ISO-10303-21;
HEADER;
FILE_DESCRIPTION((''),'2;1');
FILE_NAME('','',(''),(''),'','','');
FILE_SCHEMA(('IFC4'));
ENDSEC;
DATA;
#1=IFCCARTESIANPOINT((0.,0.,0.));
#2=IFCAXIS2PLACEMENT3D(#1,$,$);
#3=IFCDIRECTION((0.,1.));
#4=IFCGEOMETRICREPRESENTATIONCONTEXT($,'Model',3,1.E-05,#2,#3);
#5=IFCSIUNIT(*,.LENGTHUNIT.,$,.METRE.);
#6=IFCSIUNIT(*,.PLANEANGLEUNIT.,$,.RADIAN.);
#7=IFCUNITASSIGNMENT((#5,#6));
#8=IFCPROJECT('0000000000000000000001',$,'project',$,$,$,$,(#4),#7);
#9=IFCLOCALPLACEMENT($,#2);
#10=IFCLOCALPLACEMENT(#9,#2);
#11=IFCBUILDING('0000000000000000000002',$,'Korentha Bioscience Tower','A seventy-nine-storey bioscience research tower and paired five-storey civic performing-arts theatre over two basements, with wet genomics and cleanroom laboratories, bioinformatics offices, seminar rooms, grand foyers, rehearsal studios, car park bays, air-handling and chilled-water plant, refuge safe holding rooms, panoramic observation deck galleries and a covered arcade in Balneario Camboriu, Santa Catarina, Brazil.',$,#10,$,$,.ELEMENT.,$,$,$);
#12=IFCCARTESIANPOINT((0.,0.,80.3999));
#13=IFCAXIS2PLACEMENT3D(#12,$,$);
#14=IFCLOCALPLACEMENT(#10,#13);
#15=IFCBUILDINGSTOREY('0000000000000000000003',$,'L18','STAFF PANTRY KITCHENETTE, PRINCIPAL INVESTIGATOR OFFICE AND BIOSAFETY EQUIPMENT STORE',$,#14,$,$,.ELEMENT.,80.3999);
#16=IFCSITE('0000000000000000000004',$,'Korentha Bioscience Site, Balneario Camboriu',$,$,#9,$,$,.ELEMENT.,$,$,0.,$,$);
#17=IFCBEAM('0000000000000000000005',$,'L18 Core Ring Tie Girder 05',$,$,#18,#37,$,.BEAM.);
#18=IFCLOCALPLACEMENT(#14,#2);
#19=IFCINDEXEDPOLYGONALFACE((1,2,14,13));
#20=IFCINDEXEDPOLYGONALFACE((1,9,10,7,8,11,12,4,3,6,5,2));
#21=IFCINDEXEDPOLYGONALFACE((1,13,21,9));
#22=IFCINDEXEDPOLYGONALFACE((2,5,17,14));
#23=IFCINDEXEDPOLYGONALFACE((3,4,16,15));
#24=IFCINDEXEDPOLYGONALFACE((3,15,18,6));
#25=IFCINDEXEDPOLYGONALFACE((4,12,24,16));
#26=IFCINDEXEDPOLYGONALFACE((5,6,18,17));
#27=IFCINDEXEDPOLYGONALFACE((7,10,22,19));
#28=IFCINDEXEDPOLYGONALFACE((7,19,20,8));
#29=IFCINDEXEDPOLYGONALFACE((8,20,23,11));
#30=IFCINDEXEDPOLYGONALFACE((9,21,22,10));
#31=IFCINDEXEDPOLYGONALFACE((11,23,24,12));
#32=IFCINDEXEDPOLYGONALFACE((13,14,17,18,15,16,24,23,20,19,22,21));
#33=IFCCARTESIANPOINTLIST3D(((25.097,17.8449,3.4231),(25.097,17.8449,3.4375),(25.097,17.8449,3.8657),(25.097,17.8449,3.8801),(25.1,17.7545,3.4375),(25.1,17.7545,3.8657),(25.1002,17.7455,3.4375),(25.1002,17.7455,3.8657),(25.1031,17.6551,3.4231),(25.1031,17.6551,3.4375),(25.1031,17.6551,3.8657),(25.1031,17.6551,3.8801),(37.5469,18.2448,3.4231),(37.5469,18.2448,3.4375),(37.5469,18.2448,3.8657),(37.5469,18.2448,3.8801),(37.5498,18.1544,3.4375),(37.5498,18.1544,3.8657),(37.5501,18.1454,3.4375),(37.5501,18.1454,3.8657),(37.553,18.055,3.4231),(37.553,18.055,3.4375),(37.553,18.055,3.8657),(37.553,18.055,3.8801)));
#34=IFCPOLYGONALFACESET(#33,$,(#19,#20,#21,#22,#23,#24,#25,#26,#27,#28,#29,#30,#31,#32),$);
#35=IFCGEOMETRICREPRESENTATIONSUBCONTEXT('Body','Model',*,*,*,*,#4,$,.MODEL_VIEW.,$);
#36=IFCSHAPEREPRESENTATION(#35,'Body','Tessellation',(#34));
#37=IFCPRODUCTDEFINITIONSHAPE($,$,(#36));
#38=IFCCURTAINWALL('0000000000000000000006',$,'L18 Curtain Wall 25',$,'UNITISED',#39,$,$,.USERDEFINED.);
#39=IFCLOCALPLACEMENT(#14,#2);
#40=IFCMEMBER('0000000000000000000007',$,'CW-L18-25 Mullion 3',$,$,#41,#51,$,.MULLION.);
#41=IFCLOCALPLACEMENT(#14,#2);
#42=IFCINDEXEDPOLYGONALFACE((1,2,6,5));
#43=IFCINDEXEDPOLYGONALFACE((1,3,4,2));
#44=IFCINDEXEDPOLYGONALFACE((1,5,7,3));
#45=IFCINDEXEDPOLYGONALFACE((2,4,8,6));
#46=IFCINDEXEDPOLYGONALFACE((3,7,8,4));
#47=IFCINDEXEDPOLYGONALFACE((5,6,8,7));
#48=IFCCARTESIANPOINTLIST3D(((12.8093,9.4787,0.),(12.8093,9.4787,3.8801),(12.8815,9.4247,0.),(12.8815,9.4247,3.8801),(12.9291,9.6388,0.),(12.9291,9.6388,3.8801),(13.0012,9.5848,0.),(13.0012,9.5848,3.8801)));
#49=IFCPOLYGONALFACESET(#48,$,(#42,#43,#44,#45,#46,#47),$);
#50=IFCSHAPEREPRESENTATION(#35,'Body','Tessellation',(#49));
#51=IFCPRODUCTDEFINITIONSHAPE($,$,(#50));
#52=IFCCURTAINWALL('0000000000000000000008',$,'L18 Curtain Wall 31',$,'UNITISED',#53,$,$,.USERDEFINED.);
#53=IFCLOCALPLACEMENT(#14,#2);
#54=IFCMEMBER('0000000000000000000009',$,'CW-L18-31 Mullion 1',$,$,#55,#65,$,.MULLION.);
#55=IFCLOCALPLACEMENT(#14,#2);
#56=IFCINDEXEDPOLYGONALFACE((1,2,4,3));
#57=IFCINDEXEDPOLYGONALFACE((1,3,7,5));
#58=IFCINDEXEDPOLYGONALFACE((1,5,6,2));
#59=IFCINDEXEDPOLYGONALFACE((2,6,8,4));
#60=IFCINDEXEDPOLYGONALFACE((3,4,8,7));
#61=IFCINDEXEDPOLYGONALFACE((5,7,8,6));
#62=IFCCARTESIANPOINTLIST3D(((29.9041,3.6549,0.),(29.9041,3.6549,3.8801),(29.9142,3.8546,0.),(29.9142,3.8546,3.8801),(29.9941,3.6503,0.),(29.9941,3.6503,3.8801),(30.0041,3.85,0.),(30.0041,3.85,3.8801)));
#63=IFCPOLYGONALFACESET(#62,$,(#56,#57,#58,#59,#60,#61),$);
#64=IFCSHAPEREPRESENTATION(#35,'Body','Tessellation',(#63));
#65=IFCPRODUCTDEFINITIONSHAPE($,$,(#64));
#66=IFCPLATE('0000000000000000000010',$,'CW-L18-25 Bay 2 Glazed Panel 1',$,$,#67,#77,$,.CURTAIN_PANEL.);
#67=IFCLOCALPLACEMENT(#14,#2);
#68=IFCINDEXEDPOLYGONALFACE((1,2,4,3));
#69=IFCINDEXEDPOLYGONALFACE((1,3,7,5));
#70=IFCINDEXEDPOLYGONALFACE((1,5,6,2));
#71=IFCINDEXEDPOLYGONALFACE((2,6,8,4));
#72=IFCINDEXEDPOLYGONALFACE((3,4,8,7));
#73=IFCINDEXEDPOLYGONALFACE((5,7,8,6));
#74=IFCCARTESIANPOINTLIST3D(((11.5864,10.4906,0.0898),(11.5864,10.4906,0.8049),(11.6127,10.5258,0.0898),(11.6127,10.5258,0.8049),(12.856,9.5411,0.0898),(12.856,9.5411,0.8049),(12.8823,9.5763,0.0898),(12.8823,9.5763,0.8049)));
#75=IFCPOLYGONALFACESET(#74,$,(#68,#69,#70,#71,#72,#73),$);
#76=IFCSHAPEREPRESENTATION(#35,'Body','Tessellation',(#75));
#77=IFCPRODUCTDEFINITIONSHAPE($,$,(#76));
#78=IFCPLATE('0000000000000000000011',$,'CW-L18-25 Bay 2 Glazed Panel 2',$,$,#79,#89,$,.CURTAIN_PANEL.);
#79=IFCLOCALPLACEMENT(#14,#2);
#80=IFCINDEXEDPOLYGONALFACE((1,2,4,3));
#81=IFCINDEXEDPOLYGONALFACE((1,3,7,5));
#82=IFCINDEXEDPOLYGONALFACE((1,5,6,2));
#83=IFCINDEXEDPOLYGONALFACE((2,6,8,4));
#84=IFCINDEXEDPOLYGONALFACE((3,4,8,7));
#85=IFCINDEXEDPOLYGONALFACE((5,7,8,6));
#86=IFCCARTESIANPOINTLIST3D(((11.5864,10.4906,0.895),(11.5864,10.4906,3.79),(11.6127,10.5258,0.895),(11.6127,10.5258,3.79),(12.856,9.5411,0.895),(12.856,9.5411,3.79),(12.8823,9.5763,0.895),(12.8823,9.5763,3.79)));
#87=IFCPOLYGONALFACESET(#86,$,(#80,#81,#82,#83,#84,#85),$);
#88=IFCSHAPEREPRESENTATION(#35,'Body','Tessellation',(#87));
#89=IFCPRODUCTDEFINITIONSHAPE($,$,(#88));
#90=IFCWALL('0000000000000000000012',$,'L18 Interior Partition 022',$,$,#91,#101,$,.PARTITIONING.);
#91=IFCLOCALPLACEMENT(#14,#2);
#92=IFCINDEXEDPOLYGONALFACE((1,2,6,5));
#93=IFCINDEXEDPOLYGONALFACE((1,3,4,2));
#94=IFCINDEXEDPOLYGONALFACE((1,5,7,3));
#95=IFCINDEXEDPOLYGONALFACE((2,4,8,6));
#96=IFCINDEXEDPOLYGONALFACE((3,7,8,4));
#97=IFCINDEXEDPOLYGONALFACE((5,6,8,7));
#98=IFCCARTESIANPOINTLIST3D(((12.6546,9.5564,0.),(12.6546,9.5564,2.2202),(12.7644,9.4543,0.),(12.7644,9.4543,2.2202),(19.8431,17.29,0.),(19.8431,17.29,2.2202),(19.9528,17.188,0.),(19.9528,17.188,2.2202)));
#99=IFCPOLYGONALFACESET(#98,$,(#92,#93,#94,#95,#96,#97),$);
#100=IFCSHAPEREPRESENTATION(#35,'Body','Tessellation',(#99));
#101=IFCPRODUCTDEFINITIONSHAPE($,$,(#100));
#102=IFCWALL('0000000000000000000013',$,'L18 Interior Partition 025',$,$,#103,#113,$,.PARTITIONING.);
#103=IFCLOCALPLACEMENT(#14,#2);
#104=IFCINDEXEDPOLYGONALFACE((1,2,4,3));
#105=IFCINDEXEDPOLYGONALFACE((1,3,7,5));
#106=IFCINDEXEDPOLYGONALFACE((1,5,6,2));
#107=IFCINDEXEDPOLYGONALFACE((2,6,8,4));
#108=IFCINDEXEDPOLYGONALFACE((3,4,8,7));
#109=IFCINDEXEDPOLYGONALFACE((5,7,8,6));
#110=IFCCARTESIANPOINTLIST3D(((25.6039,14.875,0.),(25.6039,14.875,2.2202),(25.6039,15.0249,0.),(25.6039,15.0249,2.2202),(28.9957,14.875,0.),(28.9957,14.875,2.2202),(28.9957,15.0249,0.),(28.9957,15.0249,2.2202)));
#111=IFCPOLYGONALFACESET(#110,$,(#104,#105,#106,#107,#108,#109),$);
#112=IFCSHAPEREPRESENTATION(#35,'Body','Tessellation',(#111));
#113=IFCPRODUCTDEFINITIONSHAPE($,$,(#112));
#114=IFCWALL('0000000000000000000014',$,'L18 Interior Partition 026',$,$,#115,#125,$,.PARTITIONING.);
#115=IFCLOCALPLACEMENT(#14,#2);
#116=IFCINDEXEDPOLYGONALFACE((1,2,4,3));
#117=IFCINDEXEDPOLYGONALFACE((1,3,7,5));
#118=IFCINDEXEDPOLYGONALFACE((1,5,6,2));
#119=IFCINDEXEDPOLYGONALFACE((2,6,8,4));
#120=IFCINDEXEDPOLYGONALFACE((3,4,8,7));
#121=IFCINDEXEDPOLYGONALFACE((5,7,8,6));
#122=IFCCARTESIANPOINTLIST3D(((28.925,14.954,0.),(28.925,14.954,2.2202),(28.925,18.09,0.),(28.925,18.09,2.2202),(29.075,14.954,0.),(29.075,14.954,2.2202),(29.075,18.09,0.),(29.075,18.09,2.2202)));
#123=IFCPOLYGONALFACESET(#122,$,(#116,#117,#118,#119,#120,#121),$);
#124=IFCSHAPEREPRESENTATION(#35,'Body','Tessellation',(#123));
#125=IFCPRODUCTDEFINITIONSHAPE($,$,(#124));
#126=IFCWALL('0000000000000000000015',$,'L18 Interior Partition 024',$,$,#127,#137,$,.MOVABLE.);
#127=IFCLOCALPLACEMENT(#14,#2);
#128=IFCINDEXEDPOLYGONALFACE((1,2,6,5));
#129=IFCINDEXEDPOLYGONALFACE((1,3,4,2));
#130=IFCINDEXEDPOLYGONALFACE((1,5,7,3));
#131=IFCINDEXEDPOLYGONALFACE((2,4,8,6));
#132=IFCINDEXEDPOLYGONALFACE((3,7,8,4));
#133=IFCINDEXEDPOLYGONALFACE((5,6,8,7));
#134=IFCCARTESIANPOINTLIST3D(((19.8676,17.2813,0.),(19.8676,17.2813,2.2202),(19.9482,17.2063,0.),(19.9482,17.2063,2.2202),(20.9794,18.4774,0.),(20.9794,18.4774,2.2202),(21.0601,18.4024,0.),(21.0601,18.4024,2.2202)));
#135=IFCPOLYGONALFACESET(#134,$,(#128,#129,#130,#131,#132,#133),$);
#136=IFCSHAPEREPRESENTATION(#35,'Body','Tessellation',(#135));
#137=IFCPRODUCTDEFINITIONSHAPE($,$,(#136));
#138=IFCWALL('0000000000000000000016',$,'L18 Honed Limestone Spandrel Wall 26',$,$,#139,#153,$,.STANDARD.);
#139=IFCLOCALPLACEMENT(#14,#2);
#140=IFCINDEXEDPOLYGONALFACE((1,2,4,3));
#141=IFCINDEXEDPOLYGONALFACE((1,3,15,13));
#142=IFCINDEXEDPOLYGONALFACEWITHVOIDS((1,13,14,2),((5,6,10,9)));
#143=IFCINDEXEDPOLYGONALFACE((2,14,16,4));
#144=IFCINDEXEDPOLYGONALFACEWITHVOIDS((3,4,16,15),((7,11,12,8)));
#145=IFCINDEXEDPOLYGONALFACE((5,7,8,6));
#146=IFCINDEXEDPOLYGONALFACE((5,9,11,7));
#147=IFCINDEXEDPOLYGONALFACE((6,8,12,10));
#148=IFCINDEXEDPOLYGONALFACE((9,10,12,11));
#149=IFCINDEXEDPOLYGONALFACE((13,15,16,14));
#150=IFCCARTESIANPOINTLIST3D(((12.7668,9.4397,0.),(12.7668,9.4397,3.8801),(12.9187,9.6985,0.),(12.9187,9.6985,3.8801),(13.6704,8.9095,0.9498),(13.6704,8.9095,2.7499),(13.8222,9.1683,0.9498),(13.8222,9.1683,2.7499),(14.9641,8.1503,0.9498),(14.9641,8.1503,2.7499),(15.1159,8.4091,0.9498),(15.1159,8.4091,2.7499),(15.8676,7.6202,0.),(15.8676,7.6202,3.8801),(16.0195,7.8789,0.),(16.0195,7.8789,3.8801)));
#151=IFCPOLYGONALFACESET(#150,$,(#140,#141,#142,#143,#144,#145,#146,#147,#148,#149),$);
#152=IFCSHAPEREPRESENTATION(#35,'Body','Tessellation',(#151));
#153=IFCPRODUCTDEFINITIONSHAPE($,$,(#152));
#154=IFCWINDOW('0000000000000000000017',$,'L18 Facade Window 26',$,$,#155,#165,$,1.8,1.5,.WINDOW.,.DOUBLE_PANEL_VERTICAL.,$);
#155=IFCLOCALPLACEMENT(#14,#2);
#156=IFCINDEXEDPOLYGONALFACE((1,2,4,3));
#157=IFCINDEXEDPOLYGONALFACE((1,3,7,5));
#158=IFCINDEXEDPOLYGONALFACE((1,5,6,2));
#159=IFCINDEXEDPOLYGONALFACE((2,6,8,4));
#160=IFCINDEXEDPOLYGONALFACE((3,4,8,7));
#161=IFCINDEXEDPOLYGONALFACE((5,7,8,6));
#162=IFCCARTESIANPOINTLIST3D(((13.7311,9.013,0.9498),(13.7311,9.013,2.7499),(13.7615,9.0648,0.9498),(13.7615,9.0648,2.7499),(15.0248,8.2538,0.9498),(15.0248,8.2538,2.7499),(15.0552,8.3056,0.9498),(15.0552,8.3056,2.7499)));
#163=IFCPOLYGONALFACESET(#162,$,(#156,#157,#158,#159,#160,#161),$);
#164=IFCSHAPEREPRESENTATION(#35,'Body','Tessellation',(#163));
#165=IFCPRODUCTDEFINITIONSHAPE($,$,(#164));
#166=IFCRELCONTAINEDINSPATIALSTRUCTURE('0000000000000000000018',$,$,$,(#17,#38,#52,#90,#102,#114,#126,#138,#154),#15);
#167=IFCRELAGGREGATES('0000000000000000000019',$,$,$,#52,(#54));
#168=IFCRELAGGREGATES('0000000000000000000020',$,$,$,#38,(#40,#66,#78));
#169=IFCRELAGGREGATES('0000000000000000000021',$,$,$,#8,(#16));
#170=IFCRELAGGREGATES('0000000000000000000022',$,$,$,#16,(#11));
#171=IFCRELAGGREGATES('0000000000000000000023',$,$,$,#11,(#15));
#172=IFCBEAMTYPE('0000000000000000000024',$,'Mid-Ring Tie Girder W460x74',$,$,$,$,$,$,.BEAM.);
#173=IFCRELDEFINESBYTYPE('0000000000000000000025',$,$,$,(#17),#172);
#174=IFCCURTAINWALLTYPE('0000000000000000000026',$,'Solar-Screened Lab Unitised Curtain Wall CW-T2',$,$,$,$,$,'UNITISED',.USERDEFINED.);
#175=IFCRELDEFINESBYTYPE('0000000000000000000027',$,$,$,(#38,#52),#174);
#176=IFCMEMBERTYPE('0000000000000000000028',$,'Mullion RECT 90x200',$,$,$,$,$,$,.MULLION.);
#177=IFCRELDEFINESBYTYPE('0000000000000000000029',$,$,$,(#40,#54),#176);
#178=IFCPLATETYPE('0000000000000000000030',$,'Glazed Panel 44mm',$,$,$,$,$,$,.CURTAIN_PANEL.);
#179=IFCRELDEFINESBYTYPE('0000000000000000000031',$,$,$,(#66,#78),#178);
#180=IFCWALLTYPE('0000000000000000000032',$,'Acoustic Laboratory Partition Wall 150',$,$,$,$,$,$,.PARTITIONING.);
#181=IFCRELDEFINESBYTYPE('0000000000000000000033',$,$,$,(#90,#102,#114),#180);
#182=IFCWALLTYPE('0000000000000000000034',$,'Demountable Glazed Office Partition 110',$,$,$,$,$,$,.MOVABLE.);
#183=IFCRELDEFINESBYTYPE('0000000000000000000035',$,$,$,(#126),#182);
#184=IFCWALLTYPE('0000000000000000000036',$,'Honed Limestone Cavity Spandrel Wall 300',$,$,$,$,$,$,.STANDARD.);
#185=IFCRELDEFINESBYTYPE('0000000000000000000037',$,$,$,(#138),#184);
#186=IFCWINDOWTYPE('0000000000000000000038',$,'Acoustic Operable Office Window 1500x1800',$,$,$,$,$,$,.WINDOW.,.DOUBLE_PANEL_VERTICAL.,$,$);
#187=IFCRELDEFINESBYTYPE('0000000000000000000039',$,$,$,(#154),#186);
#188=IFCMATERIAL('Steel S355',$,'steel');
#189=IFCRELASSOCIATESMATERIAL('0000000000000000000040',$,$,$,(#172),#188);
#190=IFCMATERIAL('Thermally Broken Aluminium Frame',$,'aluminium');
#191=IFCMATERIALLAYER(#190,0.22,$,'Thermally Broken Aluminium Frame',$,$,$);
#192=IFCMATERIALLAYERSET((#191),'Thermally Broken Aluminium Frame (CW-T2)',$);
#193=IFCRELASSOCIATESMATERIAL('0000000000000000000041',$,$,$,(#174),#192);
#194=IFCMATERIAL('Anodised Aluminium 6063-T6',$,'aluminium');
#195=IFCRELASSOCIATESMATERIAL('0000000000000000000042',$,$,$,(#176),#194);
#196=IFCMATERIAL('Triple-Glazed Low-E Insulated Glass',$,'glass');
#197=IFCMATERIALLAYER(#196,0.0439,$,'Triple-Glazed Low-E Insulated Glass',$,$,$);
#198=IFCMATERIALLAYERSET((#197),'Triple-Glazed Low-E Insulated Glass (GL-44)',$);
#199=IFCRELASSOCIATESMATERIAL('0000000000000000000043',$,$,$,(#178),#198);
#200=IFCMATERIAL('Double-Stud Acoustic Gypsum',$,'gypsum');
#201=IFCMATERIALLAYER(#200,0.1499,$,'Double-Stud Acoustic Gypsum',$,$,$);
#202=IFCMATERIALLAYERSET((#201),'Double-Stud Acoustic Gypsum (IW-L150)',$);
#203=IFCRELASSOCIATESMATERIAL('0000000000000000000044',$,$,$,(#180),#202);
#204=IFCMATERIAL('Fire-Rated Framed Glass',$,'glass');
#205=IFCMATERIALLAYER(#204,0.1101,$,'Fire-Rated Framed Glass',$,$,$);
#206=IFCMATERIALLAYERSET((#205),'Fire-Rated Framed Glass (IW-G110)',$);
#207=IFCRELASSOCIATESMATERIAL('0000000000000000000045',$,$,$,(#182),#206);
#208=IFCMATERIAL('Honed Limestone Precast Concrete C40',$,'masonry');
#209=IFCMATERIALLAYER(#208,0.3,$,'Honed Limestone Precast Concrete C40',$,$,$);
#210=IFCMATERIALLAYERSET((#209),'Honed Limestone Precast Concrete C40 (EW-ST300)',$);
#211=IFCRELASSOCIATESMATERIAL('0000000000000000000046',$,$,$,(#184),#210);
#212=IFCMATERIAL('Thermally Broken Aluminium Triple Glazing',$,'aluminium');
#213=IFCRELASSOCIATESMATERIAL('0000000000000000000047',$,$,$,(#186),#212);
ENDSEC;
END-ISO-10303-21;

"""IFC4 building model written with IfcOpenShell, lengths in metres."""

from ifc_helpers import new_model, si_unit, direction, frame, frame_2d, origin, origin_2d, place, context, subcontext, project, spatial, rectangle, i_section, extrude, material, layer, layer_set, material_profile, profile_set, type_object, element, fill, aggregate, save


model = new_model("IFC4")

# Units and contexts
model_context = context("Model", 3, precision=1e-05, world=origin(), true_north=direction((0.0, 1.0)))
body_context = subcontext(model_context, "Body", "Model", "MODEL_VIEW")
ifc_project = project(units=[si_unit("LENGTHUNIT", "METRE"), si_unit("PLANEANGLEUNIT", "RADIAN")], contexts=[model_context])

# Site, building, storey
site_placement = place(None, origin())
site = spatial("IfcSite", under=ifc_project, at=site_placement, Name="Korentha Bioscience Site, Balneario Camboriu", CompositionType="ELEMENT", RefElevation=0.0)
building_placement = place(site_placement, origin())
building = spatial("IfcBuilding", under=site, at=building_placement, Name="Korentha Bioscience Tower", Description="A seventy-nine-storey bioscience research tower and paired five-storey civic performing-arts theatre over two basements, with wet genomics and cleanroom laboratories, bioinformatics offices, seminar rooms, grand foyers, rehearsal studios, car park bays, air-handling and chilled-water plant, refuge safe holding rooms, panoramic observation deck galleries and a covered arcade in Balneario Camboriu, Santa Catarina, Brazil.", CompositionType="ELEMENT")
storey_placement = place(building_placement, frame((0.0, 0.0, 80.3999)))
storey = spatial("IfcBuildingStorey", under=building, at=storey_placement, Name="L18", Description="STAFF PANTRY KITCHENETTE, PRINCIPAL INVESTIGATOR OFFICE AND BIOSAFETY EQUIPMENT STORE", CompositionType="ELEMENT", Elevation=80.3999)

# Beam
ifc_material_1 = material(Name="Steel S355", Category="steel")
ifc_material_profile_1 = material_profile(ifc_material_1, i_section(OverallWidth=0.1899, OverallDepth=0.457, WebThickness=0.009, FlangeThickness=0.0144, at=origin_2d()), Name="Steel S355")
ifc_profile_set_1 = profile_set([ifc_material_profile_1], Name="Steel S355 (MB-460)")
beam_type_1 = type_object("IfcBeamType", Name="Mid-Ring Tie Girder W460x74", PredefinedType="BEAM", material=ifc_profile_set_1)
beam_1_placement = place(storey_placement, frame((25.1001, 17.75, 3.6516), z_axis=(0.999485, 0.032104, 0.0), x_axis=(-0.032104, 0.999485, 0.0)))
element("IfcBeam", 1, at=beam_1_placement, inside=storey, type_object=beam_type_1, Name="L18 Core Ring Tie Girder 05", PredefinedType="BEAM", context=body_context, shape_type="SweptSolid", body=[
    extrude(i_section(OverallWidth=0.1899, OverallDepth=0.457, WebThickness=0.009, FlangeThickness=0.0144, at=origin_2d()), origin(), (0.0, 0.0, 1.0), 12.4563),
])

# Curtain walls, members
ifc_material_2 = material(Name="Thermally Broken Aluminium Frame", Category="aluminium")
ifc_layer_1 = layer(ifc_material_2, 0.22, Name="Thermally Broken Aluminium Frame")
ifc_layer_set_1 = layer_set([ifc_layer_1], Name="Thermally Broken Aluminium Frame (CW-T2)")
curtain_wall_type = type_object("IfcCurtainWallType", Name="Solar-Screened Lab Unitised Curtain Wall CW-T2", ElementType="UNITISED", PredefinedType="USERDEFINED", material=ifc_layer_set_1)
curtain_wall_1_placement = place(storey_placement, origin())
curtain_wall_1 = element("IfcCurtainWall", 2, at=curtain_wall_1_placement, inside=storey, type_object=curtain_wall_type, Name="L18 Curtain Wall 25", ObjectType="UNITISED", PredefinedType="USERDEFINED")
ifc_material_3 = material(Name="Anodised Aluminium 6063-T6", Category="aluminium")
ifc_material_profile_2 = material_profile(ifc_material_3, rectangle(XDim=0.0901, YDim=0.2, at=origin_2d()), Name="Anodised Aluminium 6063-T6")
ifc_profile_set_2 = profile_set([ifc_material_profile_2], Name="Anodised Aluminium 6063-T6 (CW-MUL)")
member_type = type_object("IfcMemberType", Name="Mullion RECT 90x200", PredefinedType="MULLION", material=ifc_profile_set_2)
member_1_placement = place(storey_placement, frame((12.9053, 9.5317, 0.0), z_axis=(0.0, 0.0, 1.0), x_axis=(0.800798, -0.598935, 0.0)))
member_1 = element("IfcMember", 3, at=member_1_placement, type_object=member_type, Name="CW-L18-25 Mullion 3", PredefinedType="MULLION", context=body_context, shape_type="SweptSolid", body=[
    extrude(rectangle(XDim=0.0901, YDim=0.2, at=origin_2d()), origin(), (0.0, 0.0, 1.0), 3.8801),
])
curtain_wall_2_placement = place(storey_placement, origin())
curtain_wall_2 = element("IfcCurtainWall", 4, at=curtain_wall_2_placement, inside=storey, type_object=curtain_wall_type, Name="L18 Curtain Wall 31", ObjectType="UNITISED", PredefinedType="USERDEFINED")
member_2_placement = place(storey_placement, frame((29.9541, 3.7524, 0.0), z_axis=(0.0, 0.0, 1.0), x_axis=(0.998731, -0.050371, 0.0)))
member_2 = element("IfcMember", 5, at=member_2_placement, type_object=member_type, Name="CW-L18-31 Mullion 1", PredefinedType="MULLION", context=body_context, shape_type="SweptSolid", body=[
    extrude(rectangle(XDim=0.0901, YDim=0.2, at=origin_2d()), origin(), (0.0, 0.0, 1.0), 3.8801),
])
aggregate(curtain_wall_2, [member_2])

# Plates
ifc_material_4 = material(Name="Triple-Glazed Low-E Insulated Glass", Category="glass")
ifc_layer_2 = layer(ifc_material_4, 0.0439, Name="Triple-Glazed Low-E Insulated Glass")
ifc_layer_set_2 = layer_set([ifc_layer_2], Name="Triple-Glazed Low-E Insulated Glass (GL-44)")
plate_type = type_object("IfcPlateType", Name="Glazed Panel 44mm", PredefinedType="CURTAIN_PANEL", material=ifc_layer_set_2)
plate_1_placement = place(storey_placement, frame((12.2344, 10.0334, 0.0898), z_axis=(0.0, 0.0, 1.0), x_axis=(0.800798, -0.598935, 0.0)))
plate_1 = element("IfcPlate", 6, at=plate_1_placement, type_object=plate_type, Name="CW-L18-25 Bay 2 Glazed Panel 1", PredefinedType="CURTAIN_PANEL", context=body_context, shape_type="SweptSolid", body=[
    extrude(rectangle(XDim=1.5854, YDim=0.0439, at=origin_2d()), origin(), (0.0, 0.0, 1.0), 0.7151),
])
plate_2_placement = place(storey_placement, frame((12.2344, 10.0334, 0.895), z_axis=(0.0, 0.0, 1.0), x_axis=(0.800798, -0.598935, 0.0)))
plate_2 = element("IfcPlate", 7, at=plate_2_placement, type_object=plate_type, Name="CW-L18-25 Bay 2 Glazed Panel 2", PredefinedType="CURTAIN_PANEL", context=body_context, shape_type="SweptSolid", body=[
    extrude(rectangle(XDim=1.5854, YDim=0.0439, at=origin_2d()), origin(), (0.0, 0.0, 1.0), 2.895),
])
aggregate(curtain_wall_1, [member_1, plate_1, plate_2])

# Walls
ifc_material_5 = material(Name="Double-Stud Acoustic Gypsum", Category="gypsum")
ifc_layer_3 = layer(ifc_material_5, 0.1499, Name="Double-Stud Acoustic Gypsum")
ifc_layer_set_3 = layer_set([ifc_layer_3], Name="Double-Stud Acoustic Gypsum (IW-L150)")
wall_type_1 = type_object("IfcWallType", Name="Acoustic Laboratory Partition Wall 150", PredefinedType="PARTITIONING", material=ifc_layer_set_3)
wall_1_placement = place(storey_placement, frame((19.8979, 17.239, 0.0), z_axis=(0.0, 0.0, 1.0), x_axis=(-0.680819, -0.732452, 0.0)))
element("IfcWall", 8, at=wall_1_placement, inside=storey, type_object=wall_type_1, Name="L18 Interior Partition 022", PredefinedType="PARTITIONING", context=body_context, shape_type="SweptSolid", body=[
    extrude(rectangle(XDim=10.5586, YDim=0.1499, at=frame_2d((5.2793, 0.0))), origin(), (0.0, 0.0, 1.0), 2.2202),
])
wall_2_placement = place(storey_placement, frame((25.604, 14.95, 0.0), z_axis=(0.0, 0.0, 1.0), x_axis=(1.0, 0.0, 0.0)))
element("IfcWall", 9, at=wall_2_placement, inside=storey, type_object=wall_type_1, Name="L18 Interior Partition 025", PredefinedType="PARTITIONING", context=body_context, shape_type="SweptSolid", body=[
    extrude(rectangle(XDim=3.3918, YDim=0.1499, at=frame_2d((1.6958, 0.0))), origin(), (0.0, 0.0, 1.0), 2.2202),
])
wall_3_placement = place(storey_placement, frame((29.0, 14.9541, 0.0), z_axis=(0.0, 0.0, 1.0), x_axis=(0.0, 1.0, 0.0)))
element("IfcWall", 10, at=wall_3_placement, inside=storey, type_object=wall_type_1, Name="L18 Interior Partition 026", PredefinedType="PARTITIONING", context=body_context, shape_type="SweptSolid", body=[
    extrude(rectangle(XDim=3.136, YDim=0.1499, at=frame_2d((1.5679, 0.0))), origin(), (0.0, 0.0, 1.0), 2.2202),
])
ifc_material_6 = material(Name="Fire-Rated Framed Glass", Category="glass")
ifc_layer_4 = layer(ifc_material_6, 0.1101, Name="Fire-Rated Framed Glass")
ifc_layer_set_4 = layer_set([ifc_layer_4], Name="Fire-Rated Framed Glass (IW-G110)")
wall_type_2 = type_object("IfcWallType", Name="Demountable Glazed Office Partition 110", PredefinedType="MOVABLE", material=ifc_layer_set_4)
wall_4_placement = place(storey_placement, frame((19.908, 17.2439, 0.0), z_axis=(0.0, 0.0, 1.0), x_axis=(0.680847, 0.732426, 0.0)))
element("IfcWall", 11, at=wall_4_placement, inside=storey, type_object=wall_type_2, Name="L18 Interior Partition 024", PredefinedType="MOVABLE", context=body_context, shape_type="SweptSolid", body=[
    extrude(rectangle(XDim=1.6331, YDim=0.1101, at=frame_2d((0.8164, 0.0))), origin(), (0.0, 0.0, 1.0), 2.2202),
])

# Wall, opening, window
ifc_material_7 = material(Name="Honed Limestone Precast Concrete C40", Category="masonry")
ifc_layer_5 = layer(ifc_material_7, 0.3, Name="Honed Limestone Precast Concrete C40")
ifc_layer_set_5 = layer_set([ifc_layer_5], Name="Honed Limestone Precast Concrete C40 (EW-ST300)")
wall_type_3 = type_object("IfcWallType", Name="Honed Limestone Cavity Spandrel Wall 300", PredefinedType="STANDARD", material=ifc_layer_set_5)
wall_5_placement = place(storey_placement, frame((12.8428, 9.5691, 0.0), z_axis=(0.0, 0.0, 1.0), x_axis=(0.862473, -0.506103, 0.0)))
wall_5 = element("IfcWall", 12, at=wall_5_placement, inside=storey, type_object=wall_type_3, Name="L18 Honed Limestone Spandrel Wall 26", PredefinedType="STANDARD", context=body_context, shape_type="SweptSolid", body=[
    extrude(rectangle(XDim=3.5952, YDim=0.3, at=frame_2d((1.7976, 0.0))), origin(), (0.0, 0.0, 1.0), 3.8801),
])
opening_1_placement = place(wall_5_placement, frame((1.0476, 0.0, 0.95)))
opening_1 = element("IfcOpeningElement", 13, at=opening_1_placement, cuts=wall_5, PredefinedType="OPENING", context=body_context, shape_type="SweptSolid", body=[
    extrude(rectangle(XDim=1.5, YDim=1.8, at=frame_2d((0.75, 0.8999))), frame((0.0, 0.165, 0.0), z_axis=(0.0, -1.0, 0.0), x_axis=(1.0, 0.0, 0.0)), (0.0, 0.0, 1.0), 0.3298),
])
ifc_material_8 = material(Name="Thermally Broken Aluminium Triple Glazing", Category="aluminium")
window_type = type_object("IfcWindowType", Name="Acoustic Operable Office Window 1500x1800", PartitioningType="DOUBLE_PANEL_VERTICAL", PredefinedType="WINDOW", material=ifc_material_8)
window_1_placement = place(opening_1_placement, origin())
window_1 = element("IfcWindow", 14, at=window_1_placement, inside=storey, type_object=window_type, Name="L18 Facade Window 26", OverallHeight=1.8, OverallWidth=1.5, PartitioningType="DOUBLE_PANEL_VERTICAL", PredefinedType="WINDOW", context=body_context, shape_type="SweptSolid", body=[
    extrude(rectangle(XDim=1.5, YDim=1.8, at=frame_2d((0.75, 0.8999))), frame((0.0, 0.03, 0.0), z_axis=(0.0, -1.0, 0.0), x_axis=(1.0, 0.0, 0.0)), (0.0, 0.0, 1.0), 0.0601),
])
fill(opening_1, window_1)

save(model, "model.ifc")
